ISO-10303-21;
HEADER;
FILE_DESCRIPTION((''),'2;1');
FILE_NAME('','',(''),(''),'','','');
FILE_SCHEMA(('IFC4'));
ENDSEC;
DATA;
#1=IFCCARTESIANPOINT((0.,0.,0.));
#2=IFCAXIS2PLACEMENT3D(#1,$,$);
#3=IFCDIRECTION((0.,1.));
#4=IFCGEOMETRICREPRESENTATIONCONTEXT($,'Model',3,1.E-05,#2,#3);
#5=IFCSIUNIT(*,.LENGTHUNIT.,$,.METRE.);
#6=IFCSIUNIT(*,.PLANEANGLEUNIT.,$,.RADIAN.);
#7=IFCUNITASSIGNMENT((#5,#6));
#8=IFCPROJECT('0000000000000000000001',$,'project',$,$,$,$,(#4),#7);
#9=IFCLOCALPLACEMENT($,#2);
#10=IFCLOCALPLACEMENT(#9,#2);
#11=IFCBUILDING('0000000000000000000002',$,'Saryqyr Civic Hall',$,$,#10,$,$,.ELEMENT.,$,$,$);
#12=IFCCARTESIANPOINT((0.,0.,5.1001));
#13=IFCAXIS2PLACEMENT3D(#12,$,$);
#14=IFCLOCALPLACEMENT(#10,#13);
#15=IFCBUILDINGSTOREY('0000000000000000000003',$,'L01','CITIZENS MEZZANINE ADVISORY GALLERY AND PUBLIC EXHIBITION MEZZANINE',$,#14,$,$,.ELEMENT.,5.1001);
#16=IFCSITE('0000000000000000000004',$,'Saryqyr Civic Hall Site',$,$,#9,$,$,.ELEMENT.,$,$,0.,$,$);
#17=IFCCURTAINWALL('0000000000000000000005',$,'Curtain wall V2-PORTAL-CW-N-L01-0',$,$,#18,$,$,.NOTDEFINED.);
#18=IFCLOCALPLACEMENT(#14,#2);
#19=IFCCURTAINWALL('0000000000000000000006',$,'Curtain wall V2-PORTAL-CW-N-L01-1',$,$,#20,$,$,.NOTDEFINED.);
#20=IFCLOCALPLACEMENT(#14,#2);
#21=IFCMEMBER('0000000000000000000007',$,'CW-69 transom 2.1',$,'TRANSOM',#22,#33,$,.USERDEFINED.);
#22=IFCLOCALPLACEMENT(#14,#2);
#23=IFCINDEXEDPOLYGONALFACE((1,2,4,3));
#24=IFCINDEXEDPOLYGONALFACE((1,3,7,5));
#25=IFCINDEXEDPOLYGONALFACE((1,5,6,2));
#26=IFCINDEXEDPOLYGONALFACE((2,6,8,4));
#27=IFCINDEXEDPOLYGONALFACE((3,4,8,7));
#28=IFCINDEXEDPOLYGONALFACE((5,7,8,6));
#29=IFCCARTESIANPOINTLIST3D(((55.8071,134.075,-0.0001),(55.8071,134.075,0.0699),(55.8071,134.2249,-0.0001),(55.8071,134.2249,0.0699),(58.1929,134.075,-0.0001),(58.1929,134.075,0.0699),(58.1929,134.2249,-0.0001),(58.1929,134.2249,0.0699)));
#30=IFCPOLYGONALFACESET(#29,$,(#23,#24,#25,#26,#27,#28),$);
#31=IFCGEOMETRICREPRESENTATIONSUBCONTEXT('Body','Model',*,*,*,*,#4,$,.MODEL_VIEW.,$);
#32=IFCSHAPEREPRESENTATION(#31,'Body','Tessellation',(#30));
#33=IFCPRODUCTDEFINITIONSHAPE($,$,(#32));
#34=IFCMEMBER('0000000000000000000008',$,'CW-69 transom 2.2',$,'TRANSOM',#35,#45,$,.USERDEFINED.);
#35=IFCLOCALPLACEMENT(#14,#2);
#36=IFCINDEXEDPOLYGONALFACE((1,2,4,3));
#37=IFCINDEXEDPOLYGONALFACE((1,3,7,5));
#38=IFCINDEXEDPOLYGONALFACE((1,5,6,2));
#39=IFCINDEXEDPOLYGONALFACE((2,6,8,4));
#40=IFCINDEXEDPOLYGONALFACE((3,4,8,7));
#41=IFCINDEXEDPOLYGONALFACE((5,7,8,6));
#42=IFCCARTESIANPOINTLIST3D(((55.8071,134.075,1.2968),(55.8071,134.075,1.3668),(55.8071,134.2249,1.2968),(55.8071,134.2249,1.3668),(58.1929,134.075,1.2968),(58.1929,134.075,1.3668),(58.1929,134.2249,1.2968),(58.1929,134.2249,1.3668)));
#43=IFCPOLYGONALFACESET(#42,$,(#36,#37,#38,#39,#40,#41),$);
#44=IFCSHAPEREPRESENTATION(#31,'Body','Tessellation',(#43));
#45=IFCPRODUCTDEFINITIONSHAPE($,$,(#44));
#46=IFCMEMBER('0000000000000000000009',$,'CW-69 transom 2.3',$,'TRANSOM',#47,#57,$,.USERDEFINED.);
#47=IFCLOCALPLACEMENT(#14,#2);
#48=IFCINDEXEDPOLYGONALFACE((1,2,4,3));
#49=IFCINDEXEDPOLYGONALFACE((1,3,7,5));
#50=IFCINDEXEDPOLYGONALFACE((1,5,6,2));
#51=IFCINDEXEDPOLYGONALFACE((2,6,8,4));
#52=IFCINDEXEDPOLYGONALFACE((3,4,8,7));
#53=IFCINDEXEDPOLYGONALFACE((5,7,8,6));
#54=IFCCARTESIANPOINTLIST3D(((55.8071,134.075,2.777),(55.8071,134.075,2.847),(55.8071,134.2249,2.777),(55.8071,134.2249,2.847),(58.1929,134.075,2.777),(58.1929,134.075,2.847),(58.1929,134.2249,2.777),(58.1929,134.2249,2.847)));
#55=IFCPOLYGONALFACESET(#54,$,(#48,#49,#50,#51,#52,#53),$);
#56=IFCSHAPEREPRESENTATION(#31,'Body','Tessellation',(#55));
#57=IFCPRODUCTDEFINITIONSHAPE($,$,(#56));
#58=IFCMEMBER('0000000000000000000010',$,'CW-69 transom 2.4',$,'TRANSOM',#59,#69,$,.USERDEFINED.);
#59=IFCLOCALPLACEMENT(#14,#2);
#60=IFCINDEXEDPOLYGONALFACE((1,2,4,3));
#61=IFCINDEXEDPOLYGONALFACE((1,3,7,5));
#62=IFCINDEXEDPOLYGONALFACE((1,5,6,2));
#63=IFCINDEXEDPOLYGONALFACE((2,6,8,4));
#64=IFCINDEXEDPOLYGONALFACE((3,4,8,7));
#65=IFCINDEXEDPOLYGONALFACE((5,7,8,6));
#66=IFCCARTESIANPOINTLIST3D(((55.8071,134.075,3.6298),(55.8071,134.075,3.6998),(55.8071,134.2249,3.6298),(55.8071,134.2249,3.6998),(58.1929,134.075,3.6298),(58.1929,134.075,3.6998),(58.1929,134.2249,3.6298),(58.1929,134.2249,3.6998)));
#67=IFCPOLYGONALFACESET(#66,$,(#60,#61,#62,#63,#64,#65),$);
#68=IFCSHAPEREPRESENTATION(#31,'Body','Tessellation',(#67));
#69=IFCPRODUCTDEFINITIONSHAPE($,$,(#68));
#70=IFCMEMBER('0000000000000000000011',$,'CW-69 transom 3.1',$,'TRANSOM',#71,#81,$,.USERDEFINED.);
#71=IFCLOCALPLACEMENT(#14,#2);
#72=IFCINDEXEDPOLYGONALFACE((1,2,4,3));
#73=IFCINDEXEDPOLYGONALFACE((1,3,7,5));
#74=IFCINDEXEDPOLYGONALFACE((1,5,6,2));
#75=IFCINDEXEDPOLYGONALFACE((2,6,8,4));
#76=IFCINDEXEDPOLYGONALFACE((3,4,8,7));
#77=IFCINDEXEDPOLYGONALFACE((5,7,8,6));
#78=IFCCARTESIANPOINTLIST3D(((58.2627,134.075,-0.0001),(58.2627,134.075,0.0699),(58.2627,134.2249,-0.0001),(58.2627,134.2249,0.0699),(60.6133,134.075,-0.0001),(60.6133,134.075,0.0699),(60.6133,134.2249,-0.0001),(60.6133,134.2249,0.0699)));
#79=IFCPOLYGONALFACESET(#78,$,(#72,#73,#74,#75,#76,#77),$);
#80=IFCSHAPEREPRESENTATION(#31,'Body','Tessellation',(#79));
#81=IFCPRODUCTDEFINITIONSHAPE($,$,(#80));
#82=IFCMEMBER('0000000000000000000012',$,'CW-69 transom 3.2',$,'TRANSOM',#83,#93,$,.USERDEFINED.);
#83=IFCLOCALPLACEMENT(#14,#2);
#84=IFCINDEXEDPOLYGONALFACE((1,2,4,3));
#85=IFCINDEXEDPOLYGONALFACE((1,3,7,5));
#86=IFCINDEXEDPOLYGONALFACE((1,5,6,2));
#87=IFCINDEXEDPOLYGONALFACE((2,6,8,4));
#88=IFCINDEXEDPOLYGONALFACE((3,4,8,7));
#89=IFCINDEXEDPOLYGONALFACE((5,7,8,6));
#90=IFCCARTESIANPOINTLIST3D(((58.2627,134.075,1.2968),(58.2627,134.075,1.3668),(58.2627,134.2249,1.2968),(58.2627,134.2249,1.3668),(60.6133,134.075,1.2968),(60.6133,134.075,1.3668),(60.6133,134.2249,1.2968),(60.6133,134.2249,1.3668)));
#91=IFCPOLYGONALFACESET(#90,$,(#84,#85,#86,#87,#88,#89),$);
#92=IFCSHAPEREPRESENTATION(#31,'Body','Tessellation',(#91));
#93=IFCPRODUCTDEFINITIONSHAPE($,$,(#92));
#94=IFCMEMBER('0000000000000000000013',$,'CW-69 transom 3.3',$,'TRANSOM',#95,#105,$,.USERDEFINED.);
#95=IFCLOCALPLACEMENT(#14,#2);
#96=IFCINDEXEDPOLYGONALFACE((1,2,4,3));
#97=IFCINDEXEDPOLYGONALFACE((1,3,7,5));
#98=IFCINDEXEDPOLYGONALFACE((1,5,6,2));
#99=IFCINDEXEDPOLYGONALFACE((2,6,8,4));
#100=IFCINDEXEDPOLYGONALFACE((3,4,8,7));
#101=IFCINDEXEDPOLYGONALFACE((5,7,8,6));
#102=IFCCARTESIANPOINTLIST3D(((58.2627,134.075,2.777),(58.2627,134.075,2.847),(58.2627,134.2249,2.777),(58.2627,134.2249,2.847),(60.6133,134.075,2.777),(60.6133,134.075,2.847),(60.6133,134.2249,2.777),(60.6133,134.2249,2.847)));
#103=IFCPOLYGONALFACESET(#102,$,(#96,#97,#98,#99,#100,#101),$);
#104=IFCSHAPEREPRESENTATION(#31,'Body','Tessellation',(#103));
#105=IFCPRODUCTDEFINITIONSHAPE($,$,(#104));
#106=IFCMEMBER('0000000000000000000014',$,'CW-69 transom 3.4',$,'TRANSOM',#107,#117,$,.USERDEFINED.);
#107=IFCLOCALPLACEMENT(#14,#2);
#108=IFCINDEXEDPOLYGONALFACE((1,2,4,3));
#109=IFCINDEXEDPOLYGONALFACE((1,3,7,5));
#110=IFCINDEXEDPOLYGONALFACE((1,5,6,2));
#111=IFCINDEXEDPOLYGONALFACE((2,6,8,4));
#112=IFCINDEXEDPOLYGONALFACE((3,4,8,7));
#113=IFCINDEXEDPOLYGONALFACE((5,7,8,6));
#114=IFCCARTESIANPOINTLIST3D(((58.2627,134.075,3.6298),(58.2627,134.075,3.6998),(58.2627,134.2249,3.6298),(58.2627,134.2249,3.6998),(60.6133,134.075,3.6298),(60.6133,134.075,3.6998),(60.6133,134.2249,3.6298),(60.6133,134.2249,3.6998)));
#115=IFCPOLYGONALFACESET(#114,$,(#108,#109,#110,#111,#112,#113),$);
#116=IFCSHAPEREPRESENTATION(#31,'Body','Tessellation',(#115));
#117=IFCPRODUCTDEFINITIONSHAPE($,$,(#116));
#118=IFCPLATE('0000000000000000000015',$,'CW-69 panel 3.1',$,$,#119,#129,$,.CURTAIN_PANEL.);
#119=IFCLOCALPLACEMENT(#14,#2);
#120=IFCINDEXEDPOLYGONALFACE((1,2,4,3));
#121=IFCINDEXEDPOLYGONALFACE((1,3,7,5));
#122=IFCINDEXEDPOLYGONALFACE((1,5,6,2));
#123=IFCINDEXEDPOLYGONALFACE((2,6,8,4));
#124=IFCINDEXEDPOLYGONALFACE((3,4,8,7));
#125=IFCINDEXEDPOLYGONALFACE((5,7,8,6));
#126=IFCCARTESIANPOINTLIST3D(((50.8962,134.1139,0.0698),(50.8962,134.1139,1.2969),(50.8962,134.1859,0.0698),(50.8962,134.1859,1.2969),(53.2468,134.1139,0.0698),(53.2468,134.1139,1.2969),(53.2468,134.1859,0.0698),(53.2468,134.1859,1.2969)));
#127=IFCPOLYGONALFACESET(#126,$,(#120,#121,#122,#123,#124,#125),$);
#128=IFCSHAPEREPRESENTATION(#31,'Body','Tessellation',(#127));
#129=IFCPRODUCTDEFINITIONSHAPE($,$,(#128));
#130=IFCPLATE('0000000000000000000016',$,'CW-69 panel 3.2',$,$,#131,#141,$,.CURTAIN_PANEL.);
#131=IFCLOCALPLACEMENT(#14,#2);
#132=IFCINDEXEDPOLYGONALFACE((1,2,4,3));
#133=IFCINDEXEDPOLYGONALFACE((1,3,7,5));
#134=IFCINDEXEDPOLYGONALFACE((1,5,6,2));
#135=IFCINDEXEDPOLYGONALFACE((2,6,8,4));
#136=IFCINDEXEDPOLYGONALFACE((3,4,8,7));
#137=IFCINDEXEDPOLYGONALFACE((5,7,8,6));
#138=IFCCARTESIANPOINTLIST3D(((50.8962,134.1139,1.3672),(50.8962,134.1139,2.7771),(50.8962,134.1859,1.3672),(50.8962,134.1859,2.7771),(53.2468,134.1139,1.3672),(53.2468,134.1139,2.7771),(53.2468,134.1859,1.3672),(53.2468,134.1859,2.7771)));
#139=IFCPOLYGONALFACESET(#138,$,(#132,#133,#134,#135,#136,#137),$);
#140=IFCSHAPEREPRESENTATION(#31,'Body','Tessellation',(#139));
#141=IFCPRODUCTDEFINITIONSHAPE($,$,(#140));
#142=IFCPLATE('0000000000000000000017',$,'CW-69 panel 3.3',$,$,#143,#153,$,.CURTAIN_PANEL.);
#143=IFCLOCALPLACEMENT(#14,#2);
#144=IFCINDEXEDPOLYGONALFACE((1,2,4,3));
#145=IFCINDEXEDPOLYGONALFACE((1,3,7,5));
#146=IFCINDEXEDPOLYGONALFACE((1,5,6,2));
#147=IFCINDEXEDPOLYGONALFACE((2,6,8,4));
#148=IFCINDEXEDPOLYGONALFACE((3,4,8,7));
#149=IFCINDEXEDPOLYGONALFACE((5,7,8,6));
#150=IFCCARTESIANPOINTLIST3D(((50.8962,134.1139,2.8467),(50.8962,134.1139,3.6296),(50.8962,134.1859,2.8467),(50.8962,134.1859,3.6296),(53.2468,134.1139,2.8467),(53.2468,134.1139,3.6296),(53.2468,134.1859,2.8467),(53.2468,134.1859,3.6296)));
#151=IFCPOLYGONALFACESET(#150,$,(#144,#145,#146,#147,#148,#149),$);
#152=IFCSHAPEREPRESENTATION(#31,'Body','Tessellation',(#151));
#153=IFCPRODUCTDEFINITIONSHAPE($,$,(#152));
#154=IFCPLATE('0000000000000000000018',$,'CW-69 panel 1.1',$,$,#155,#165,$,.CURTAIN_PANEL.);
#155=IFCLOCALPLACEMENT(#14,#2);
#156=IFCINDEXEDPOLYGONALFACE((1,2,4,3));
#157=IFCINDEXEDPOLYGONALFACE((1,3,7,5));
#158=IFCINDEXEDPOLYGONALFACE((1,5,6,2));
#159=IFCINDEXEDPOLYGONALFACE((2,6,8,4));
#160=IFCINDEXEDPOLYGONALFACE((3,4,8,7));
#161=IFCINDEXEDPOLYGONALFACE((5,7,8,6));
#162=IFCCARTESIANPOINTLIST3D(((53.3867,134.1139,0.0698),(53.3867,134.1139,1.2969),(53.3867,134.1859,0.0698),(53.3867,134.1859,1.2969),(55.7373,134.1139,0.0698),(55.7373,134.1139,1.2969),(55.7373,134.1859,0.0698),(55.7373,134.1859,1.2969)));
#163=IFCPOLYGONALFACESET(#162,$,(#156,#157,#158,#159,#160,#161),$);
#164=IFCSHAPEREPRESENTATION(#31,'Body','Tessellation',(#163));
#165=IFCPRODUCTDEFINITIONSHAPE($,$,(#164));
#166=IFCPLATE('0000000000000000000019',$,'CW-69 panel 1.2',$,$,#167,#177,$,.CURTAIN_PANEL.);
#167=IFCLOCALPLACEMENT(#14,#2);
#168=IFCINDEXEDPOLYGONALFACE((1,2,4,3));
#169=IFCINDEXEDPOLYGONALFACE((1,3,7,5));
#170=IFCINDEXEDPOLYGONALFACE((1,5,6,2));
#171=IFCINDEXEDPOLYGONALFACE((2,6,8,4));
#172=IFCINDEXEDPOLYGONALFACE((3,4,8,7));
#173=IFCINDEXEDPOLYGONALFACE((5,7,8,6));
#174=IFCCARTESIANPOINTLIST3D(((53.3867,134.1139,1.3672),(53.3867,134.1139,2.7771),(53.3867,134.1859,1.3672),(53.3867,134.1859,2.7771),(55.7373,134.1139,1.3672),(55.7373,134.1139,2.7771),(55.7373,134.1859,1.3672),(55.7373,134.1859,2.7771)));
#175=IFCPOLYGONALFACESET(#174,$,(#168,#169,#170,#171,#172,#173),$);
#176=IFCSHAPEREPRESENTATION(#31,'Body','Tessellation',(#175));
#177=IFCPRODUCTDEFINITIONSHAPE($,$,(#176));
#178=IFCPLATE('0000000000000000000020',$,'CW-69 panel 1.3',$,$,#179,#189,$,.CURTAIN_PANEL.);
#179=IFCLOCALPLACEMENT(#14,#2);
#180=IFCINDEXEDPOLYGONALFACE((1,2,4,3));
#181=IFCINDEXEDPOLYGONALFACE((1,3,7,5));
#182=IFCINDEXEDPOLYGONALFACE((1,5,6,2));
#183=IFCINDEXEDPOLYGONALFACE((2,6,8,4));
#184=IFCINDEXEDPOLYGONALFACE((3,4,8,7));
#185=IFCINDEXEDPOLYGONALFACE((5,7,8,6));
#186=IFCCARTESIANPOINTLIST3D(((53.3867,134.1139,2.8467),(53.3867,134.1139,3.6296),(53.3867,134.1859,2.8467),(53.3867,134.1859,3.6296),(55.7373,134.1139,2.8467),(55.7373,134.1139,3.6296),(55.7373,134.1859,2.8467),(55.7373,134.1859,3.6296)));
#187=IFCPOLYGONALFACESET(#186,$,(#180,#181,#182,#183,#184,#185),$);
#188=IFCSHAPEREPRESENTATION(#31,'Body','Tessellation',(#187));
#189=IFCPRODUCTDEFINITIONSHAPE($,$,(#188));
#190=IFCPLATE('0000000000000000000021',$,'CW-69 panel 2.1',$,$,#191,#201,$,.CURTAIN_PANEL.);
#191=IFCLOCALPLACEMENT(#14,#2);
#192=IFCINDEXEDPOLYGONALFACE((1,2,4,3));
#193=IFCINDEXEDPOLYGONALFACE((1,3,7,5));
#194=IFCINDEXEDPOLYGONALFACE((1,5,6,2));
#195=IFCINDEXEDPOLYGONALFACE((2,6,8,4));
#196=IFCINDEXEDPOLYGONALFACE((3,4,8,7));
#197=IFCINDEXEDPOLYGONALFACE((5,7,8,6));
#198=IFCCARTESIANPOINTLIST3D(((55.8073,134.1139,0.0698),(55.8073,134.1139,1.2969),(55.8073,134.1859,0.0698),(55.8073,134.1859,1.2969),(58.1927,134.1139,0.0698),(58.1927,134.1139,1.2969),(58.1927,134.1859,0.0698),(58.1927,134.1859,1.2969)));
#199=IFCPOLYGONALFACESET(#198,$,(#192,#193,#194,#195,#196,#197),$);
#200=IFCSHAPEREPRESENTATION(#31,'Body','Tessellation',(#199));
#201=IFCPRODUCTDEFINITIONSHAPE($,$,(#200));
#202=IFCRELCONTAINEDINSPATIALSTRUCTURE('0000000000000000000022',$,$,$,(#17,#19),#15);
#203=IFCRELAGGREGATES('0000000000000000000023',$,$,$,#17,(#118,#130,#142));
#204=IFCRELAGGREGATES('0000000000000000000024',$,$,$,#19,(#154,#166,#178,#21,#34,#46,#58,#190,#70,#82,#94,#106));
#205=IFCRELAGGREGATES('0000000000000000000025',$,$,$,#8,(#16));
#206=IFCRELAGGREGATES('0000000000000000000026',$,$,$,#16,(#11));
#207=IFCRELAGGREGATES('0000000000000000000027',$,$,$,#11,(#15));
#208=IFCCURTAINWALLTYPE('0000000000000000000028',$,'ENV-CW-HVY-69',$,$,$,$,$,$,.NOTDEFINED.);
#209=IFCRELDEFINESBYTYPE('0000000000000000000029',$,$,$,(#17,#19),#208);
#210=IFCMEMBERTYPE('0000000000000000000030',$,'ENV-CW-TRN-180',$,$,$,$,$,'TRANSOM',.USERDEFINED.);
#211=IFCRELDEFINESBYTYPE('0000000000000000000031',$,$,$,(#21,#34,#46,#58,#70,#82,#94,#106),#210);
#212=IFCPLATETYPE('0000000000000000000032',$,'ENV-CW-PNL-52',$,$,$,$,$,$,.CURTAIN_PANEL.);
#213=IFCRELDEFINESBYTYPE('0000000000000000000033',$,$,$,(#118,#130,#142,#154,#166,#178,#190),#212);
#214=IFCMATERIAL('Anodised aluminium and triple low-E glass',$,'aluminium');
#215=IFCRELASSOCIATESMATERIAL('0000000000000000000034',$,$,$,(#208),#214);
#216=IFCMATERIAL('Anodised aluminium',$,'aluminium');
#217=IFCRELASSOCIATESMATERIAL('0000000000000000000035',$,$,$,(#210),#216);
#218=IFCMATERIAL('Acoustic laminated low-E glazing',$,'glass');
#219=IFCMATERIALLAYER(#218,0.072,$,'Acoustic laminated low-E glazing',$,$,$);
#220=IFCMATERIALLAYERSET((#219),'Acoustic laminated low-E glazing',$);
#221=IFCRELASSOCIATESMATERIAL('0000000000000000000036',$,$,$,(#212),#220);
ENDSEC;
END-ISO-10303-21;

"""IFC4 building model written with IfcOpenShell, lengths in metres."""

from ifc_helpers import new_model, si_unit, direction, frame, origin, origin_2d, place, context, subcontext, project, spatial, rectangle, extrude, material, layer, layer_set, material_profile, profile_set, type_object, element, aggregate, save


model = new_model("IFC4")

# Units and contexts
model_context = context("Model", 3, precision=1e-05, world=origin(), true_north=direction((0.0, 1.0)))
body_context = subcontext(model_context, "Body", "Model", "MODEL_VIEW")
ifc_project = project(units=[si_unit("LENGTHUNIT", "METRE"), si_unit("PLANEANGLEUNIT", "RADIAN")], contexts=[model_context])

# Site, building, storey
site_placement = place(None, origin())
site = spatial("IfcSite", under=ifc_project, at=site_placement, Name="Saryqyr Civic Hall Site", CompositionType="ELEMENT", RefElevation=0.0)
building_placement = place(site_placement, origin())
building = spatial("IfcBuilding", under=site, at=building_placement, Name="Saryqyr Civic Hall", CompositionType="ELEMENT")
storey_placement = place(building_placement, frame((0.0, 0.0, 5.1001)))
storey = spatial("IfcBuildingStorey", under=building, at=storey_placement, Name="L01", Description="CITIZENS MEZZANINE ADVISORY GALLERY AND PUBLIC EXHIBITION MEZZANINE", CompositionType="ELEMENT", Elevation=5.1001)

# Curtain wall
ifc_material_1 = material(Name="Anodised aluminium and triple low-E glass", Category="aluminium")
curtain_wall_type = type_object("IfcCurtainWallType", Name="ENV-CW-HVY-69", PredefinedType="NOTDEFINED", material=ifc_material_1)
curtain_wall_1_placement = place(storey_placement, origin())
curtain_wall_1 = element("IfcCurtainWall", 1, at=curtain_wall_1_placement, inside=storey, type_object=curtain_wall_type, Name="Curtain wall V2-PORTAL-CW-N-L01-0", PredefinedType="NOTDEFINED")
ifc_material_2 = material(Name="Anodised aluminium", Category="aluminium")

# Curtain wall
curtain_wall_2_placement = place(storey_placement, origin())
curtain_wall_2 = element("IfcCurtainWall", 2, at=curtain_wall_2_placement, inside=storey, type_object=curtain_wall_type, Name="Curtain wall V2-PORTAL-CW-N-L01-1", PredefinedType="NOTDEFINED")

# Members
ifc_material_profile_1 = material_profile(ifc_material_2, rectangle(XDim=0.1499, YDim=0.0701, at=origin_2d()), Name="ALU TRANSOM 150x70")
ifc_profile_set_1 = profile_set([ifc_material_profile_1], Name="Anodised aluminium")
member_type_1 = type_object("IfcMemberType", Name="ENV-CW-TRN-180", ElementType="TRANSOM", PredefinedType="USERDEFINED", material=ifc_profile_set_1)
member_1_placement = place(storey_placement, frame((55.8071, 134.1499, 0.0349), z_axis=(1.0, 0.0, 0.0), x_axis=(0.0, 1.0, 0.0)))
member_1 = element("IfcMember", 3, at=member_1_placement, type_object=member_type_1, Name="CW-69 transom 2.1", ObjectType="TRANSOM", PredefinedType="USERDEFINED", context=body_context, shape_type="SweptSolid", body=[
    extrude(rectangle(XDim=0.1499, YDim=0.0701, at=origin_2d()), origin(), (0.0, 0.0, 1.0), 2.3857),
])
member_2_placement = place(storey_placement, frame((55.8071, 134.1499, 1.3318), z_axis=(1.0, 0.0, 0.0), x_axis=(0.0, 1.0, 0.0)))
member_2 = element("IfcMember", 4, at=member_2_placement, type_object=member_type_1, Name="CW-69 transom 2.2", ObjectType="TRANSOM", PredefinedType="USERDEFINED", context=body_context, shape_type="SweptSolid", body=[
    extrude(rectangle(XDim=0.1499, YDim=0.0701, at=origin_2d()), origin(), (0.0, 0.0, 1.0), 2.3857),
])
member_3_placement = place(storey_placement, frame((55.8071, 134.1499, 2.812), z_axis=(1.0, 0.0, 0.0), x_axis=(0.0, 1.0, 0.0)))
member_3 = element("IfcMember", 5, at=member_3_placement, type_object=member_type_1, Name="CW-69 transom 2.3", ObjectType="TRANSOM", PredefinedType="USERDEFINED", context=body_context, shape_type="SweptSolid", body=[
    extrude(rectangle(XDim=0.1499, YDim=0.0701, at=origin_2d()), origin(), (0.0, 0.0, 1.0), 2.3857),
])
member_4_placement = place(storey_placement, frame((55.8071, 134.1499, 3.6648), z_axis=(1.0, 0.0, 0.0), x_axis=(0.0, 1.0, 0.0)))
member_4 = element("IfcMember", 6, at=member_4_placement, type_object=member_type_1, Name="CW-69 transom 2.4", ObjectType="TRANSOM", PredefinedType="USERDEFINED", context=body_context, shape_type="SweptSolid", body=[
    extrude(rectangle(XDim=0.1499, YDim=0.0701, at=origin_2d()), origin(), (0.0, 0.0, 1.0), 2.3857),
])
member_5_placement = place(storey_placement, frame((58.2627, 134.1499, 0.0349), z_axis=(1.0, 0.0, 0.0), x_axis=(0.0, 1.0, 0.0)))
member_5 = element("IfcMember", 7, at=member_5_placement, type_object=member_type_1, Name="CW-69 transom 3.1", ObjectType="TRANSOM", PredefinedType="USERDEFINED", context=body_context, shape_type="SweptSolid", body=[
    extrude(rectangle(XDim=0.1499, YDim=0.0701, at=origin_2d()), origin(), (0.0, 0.0, 1.0), 2.3506),
])
member_6_placement = place(storey_placement, frame((58.2627, 134.1499, 1.3318), z_axis=(1.0, 0.0, 0.0), x_axis=(0.0, 1.0, 0.0)))
member_6 = element("IfcMember", 8, at=member_6_placement, type_object=member_type_1, Name="CW-69 transom 3.2", ObjectType="TRANSOM", PredefinedType="USERDEFINED", context=body_context, shape_type="SweptSolid", body=[
    extrude(rectangle(XDim=0.1499, YDim=0.0701, at=origin_2d()), origin(), (0.0, 0.0, 1.0), 2.3506),
])
member_7_placement = place(storey_placement, frame((58.2627, 134.1499, 2.812), z_axis=(1.0, 0.0, 0.0), x_axis=(0.0, 1.0, 0.0)))
member_7 = element("IfcMember", 9, at=member_7_placement, type_object=member_type_1, Name="CW-69 transom 3.3", ObjectType="TRANSOM", PredefinedType="USERDEFINED", context=body_context, shape_type="SweptSolid", body=[
    extrude(rectangle(XDim=0.1499, YDim=0.0701, at=origin_2d()), origin(), (0.0, 0.0, 1.0), 2.3506),
])
member_8_placement = place(storey_placement, frame((58.2627, 134.1499, 3.6648), z_axis=(1.0, 0.0, 0.0), x_axis=(0.0, 1.0, 0.0)))
member_8 = element("IfcMember", 10, at=member_8_placement, type_object=member_type_1, Name="CW-69 transom 3.4", ObjectType="TRANSOM", PredefinedType="USERDEFINED", context=body_context, shape_type="SweptSolid", body=[
    extrude(rectangle(XDim=0.1499, YDim=0.0701, at=origin_2d()), origin(), (0.0, 0.0, 1.0), 2.3506),
])

# Plates
ifc_material_3 = material(Name="Acoustic laminated low-E glazing", Category="glass")
ifc_layer = layer(ifc_material_3, 0.072, Name="Acoustic laminated low-E glazing")
ifc_layer_set = layer_set([ifc_layer], Name="Acoustic laminated low-E glazing")
plate_type = type_object("IfcPlateType", Name="ENV-CW-PNL-52", PredefinedType="CURTAIN_PANEL", material=ifc_layer_set)
plate_1_placement = place(storey_placement, frame((52.0715, 134.1499, 0.0698), z_axis=(0.0, 0.0, 1.0), x_axis=(1.0, 0.0, 0.0)))
plate_1 = element("IfcPlate", 11, at=plate_1_placement, type_object=plate_type, Name="CW-69 panel 3.1", PredefinedType="CURTAIN_PANEL", context=body_context, shape_type="SweptSolid", body=[
    extrude(rectangle(XDim=2.3506, YDim=0.072, at=origin_2d()), origin(), (0.0, 0.0, 1.0), 1.2271),
])
plate_2_placement = place(storey_placement, frame((52.0715, 134.1499, 1.3672), z_axis=(0.0, 0.0, 1.0), x_axis=(1.0, 0.0, 0.0)))
plate_2 = element("IfcPlate", 12, at=plate_2_placement, type_object=plate_type, Name="CW-69 panel 3.2", PredefinedType="CURTAIN_PANEL", context=body_context, shape_type="SweptSolid", body=[
    extrude(rectangle(XDim=2.3506, YDim=0.072, at=origin_2d()), origin(), (0.0, 0.0, 1.0), 1.4099),
])
plate_3_placement = place(storey_placement, frame((52.0715, 134.1499, 2.8467), z_axis=(0.0, 0.0, 1.0), x_axis=(1.0, 0.0, 0.0)))
plate_3 = element("IfcPlate", 13, at=plate_3_placement, type_object=plate_type, Name="CW-69 panel 3.3", PredefinedType="CURTAIN_PANEL", context=body_context, shape_type="SweptSolid", body=[
    extrude(rectangle(XDim=2.3506, YDim=0.072, at=origin_2d()), origin(), (0.0, 0.0, 1.0), 0.783),
])
aggregate(curtain_wall_1, [plate_1, plate_2, plate_3])
plate_4_placement = place(storey_placement, frame((54.562, 134.1499, 0.0698), z_axis=(0.0, 0.0, 1.0), x_axis=(1.0, 0.0, 0.0)))
plate_4 = element("IfcPlate", 14, at=plate_4_placement, type_object=plate_type, Name="CW-69 panel 1.1", PredefinedType="CURTAIN_PANEL", context=body_context, shape_type="SweptSolid", body=[
    extrude(rectangle(XDim=2.3506, YDim=0.072, at=origin_2d()), origin(), (0.0, 0.0, 1.0), 1.2271),
])
plate_5_placement = place(storey_placement, frame((54.562, 134.1499, 1.3672), z_axis=(0.0, 0.0, 1.0), x_axis=(1.0, 0.0, 0.0)))
plate_5 = element("IfcPlate", 15, at=plate_5_placement, type_object=plate_type, Name="CW-69 panel 1.2", PredefinedType="CURTAIN_PANEL", context=body_context, shape_type="SweptSolid", body=[
    extrude(rectangle(XDim=2.3506, YDim=0.072, at=origin_2d()), origin(), (0.0, 0.0, 1.0), 1.4099),
])
plate_6_placement = place(storey_placement, frame((54.562, 134.1499, 2.8467), z_axis=(0.0, 0.0, 1.0), x_axis=(1.0, 0.0, 0.0)))
plate_6 = element("IfcPlate", 16, at=plate_6_placement, type_object=plate_type, Name="CW-69 panel 1.3", PredefinedType="CURTAIN_PANEL", context=body_context, shape_type="SweptSolid", body=[
    extrude(rectangle(XDim=2.3506, YDim=0.072, at=origin_2d()), origin(), (0.0, 0.0, 1.0), 0.783),
])
plate_7_placement = place(storey_placement, frame((57.0, 134.1499, 0.0698), z_axis=(0.0, 0.0, 1.0), x_axis=(1.0, 0.0, 0.0)))
plate_7 = element("IfcPlate", 17, at=plate_7_placement, type_object=plate_type, Name="CW-69 panel 2.1", PredefinedType="CURTAIN_PANEL", context=body_context, shape_type="SweptSolid", body=[
    extrude(rectangle(XDim=2.3855, YDim=0.072, at=origin_2d()), origin(), (0.0, 0.0, 1.0), 1.2271),
])
aggregate(curtain_wall_2, [plate_4, plate_5, plate_6, member_1, member_2, member_3, member_4, plate_7, member_5, member_6, member_7, member_8])

save(model, "model.ifc")
